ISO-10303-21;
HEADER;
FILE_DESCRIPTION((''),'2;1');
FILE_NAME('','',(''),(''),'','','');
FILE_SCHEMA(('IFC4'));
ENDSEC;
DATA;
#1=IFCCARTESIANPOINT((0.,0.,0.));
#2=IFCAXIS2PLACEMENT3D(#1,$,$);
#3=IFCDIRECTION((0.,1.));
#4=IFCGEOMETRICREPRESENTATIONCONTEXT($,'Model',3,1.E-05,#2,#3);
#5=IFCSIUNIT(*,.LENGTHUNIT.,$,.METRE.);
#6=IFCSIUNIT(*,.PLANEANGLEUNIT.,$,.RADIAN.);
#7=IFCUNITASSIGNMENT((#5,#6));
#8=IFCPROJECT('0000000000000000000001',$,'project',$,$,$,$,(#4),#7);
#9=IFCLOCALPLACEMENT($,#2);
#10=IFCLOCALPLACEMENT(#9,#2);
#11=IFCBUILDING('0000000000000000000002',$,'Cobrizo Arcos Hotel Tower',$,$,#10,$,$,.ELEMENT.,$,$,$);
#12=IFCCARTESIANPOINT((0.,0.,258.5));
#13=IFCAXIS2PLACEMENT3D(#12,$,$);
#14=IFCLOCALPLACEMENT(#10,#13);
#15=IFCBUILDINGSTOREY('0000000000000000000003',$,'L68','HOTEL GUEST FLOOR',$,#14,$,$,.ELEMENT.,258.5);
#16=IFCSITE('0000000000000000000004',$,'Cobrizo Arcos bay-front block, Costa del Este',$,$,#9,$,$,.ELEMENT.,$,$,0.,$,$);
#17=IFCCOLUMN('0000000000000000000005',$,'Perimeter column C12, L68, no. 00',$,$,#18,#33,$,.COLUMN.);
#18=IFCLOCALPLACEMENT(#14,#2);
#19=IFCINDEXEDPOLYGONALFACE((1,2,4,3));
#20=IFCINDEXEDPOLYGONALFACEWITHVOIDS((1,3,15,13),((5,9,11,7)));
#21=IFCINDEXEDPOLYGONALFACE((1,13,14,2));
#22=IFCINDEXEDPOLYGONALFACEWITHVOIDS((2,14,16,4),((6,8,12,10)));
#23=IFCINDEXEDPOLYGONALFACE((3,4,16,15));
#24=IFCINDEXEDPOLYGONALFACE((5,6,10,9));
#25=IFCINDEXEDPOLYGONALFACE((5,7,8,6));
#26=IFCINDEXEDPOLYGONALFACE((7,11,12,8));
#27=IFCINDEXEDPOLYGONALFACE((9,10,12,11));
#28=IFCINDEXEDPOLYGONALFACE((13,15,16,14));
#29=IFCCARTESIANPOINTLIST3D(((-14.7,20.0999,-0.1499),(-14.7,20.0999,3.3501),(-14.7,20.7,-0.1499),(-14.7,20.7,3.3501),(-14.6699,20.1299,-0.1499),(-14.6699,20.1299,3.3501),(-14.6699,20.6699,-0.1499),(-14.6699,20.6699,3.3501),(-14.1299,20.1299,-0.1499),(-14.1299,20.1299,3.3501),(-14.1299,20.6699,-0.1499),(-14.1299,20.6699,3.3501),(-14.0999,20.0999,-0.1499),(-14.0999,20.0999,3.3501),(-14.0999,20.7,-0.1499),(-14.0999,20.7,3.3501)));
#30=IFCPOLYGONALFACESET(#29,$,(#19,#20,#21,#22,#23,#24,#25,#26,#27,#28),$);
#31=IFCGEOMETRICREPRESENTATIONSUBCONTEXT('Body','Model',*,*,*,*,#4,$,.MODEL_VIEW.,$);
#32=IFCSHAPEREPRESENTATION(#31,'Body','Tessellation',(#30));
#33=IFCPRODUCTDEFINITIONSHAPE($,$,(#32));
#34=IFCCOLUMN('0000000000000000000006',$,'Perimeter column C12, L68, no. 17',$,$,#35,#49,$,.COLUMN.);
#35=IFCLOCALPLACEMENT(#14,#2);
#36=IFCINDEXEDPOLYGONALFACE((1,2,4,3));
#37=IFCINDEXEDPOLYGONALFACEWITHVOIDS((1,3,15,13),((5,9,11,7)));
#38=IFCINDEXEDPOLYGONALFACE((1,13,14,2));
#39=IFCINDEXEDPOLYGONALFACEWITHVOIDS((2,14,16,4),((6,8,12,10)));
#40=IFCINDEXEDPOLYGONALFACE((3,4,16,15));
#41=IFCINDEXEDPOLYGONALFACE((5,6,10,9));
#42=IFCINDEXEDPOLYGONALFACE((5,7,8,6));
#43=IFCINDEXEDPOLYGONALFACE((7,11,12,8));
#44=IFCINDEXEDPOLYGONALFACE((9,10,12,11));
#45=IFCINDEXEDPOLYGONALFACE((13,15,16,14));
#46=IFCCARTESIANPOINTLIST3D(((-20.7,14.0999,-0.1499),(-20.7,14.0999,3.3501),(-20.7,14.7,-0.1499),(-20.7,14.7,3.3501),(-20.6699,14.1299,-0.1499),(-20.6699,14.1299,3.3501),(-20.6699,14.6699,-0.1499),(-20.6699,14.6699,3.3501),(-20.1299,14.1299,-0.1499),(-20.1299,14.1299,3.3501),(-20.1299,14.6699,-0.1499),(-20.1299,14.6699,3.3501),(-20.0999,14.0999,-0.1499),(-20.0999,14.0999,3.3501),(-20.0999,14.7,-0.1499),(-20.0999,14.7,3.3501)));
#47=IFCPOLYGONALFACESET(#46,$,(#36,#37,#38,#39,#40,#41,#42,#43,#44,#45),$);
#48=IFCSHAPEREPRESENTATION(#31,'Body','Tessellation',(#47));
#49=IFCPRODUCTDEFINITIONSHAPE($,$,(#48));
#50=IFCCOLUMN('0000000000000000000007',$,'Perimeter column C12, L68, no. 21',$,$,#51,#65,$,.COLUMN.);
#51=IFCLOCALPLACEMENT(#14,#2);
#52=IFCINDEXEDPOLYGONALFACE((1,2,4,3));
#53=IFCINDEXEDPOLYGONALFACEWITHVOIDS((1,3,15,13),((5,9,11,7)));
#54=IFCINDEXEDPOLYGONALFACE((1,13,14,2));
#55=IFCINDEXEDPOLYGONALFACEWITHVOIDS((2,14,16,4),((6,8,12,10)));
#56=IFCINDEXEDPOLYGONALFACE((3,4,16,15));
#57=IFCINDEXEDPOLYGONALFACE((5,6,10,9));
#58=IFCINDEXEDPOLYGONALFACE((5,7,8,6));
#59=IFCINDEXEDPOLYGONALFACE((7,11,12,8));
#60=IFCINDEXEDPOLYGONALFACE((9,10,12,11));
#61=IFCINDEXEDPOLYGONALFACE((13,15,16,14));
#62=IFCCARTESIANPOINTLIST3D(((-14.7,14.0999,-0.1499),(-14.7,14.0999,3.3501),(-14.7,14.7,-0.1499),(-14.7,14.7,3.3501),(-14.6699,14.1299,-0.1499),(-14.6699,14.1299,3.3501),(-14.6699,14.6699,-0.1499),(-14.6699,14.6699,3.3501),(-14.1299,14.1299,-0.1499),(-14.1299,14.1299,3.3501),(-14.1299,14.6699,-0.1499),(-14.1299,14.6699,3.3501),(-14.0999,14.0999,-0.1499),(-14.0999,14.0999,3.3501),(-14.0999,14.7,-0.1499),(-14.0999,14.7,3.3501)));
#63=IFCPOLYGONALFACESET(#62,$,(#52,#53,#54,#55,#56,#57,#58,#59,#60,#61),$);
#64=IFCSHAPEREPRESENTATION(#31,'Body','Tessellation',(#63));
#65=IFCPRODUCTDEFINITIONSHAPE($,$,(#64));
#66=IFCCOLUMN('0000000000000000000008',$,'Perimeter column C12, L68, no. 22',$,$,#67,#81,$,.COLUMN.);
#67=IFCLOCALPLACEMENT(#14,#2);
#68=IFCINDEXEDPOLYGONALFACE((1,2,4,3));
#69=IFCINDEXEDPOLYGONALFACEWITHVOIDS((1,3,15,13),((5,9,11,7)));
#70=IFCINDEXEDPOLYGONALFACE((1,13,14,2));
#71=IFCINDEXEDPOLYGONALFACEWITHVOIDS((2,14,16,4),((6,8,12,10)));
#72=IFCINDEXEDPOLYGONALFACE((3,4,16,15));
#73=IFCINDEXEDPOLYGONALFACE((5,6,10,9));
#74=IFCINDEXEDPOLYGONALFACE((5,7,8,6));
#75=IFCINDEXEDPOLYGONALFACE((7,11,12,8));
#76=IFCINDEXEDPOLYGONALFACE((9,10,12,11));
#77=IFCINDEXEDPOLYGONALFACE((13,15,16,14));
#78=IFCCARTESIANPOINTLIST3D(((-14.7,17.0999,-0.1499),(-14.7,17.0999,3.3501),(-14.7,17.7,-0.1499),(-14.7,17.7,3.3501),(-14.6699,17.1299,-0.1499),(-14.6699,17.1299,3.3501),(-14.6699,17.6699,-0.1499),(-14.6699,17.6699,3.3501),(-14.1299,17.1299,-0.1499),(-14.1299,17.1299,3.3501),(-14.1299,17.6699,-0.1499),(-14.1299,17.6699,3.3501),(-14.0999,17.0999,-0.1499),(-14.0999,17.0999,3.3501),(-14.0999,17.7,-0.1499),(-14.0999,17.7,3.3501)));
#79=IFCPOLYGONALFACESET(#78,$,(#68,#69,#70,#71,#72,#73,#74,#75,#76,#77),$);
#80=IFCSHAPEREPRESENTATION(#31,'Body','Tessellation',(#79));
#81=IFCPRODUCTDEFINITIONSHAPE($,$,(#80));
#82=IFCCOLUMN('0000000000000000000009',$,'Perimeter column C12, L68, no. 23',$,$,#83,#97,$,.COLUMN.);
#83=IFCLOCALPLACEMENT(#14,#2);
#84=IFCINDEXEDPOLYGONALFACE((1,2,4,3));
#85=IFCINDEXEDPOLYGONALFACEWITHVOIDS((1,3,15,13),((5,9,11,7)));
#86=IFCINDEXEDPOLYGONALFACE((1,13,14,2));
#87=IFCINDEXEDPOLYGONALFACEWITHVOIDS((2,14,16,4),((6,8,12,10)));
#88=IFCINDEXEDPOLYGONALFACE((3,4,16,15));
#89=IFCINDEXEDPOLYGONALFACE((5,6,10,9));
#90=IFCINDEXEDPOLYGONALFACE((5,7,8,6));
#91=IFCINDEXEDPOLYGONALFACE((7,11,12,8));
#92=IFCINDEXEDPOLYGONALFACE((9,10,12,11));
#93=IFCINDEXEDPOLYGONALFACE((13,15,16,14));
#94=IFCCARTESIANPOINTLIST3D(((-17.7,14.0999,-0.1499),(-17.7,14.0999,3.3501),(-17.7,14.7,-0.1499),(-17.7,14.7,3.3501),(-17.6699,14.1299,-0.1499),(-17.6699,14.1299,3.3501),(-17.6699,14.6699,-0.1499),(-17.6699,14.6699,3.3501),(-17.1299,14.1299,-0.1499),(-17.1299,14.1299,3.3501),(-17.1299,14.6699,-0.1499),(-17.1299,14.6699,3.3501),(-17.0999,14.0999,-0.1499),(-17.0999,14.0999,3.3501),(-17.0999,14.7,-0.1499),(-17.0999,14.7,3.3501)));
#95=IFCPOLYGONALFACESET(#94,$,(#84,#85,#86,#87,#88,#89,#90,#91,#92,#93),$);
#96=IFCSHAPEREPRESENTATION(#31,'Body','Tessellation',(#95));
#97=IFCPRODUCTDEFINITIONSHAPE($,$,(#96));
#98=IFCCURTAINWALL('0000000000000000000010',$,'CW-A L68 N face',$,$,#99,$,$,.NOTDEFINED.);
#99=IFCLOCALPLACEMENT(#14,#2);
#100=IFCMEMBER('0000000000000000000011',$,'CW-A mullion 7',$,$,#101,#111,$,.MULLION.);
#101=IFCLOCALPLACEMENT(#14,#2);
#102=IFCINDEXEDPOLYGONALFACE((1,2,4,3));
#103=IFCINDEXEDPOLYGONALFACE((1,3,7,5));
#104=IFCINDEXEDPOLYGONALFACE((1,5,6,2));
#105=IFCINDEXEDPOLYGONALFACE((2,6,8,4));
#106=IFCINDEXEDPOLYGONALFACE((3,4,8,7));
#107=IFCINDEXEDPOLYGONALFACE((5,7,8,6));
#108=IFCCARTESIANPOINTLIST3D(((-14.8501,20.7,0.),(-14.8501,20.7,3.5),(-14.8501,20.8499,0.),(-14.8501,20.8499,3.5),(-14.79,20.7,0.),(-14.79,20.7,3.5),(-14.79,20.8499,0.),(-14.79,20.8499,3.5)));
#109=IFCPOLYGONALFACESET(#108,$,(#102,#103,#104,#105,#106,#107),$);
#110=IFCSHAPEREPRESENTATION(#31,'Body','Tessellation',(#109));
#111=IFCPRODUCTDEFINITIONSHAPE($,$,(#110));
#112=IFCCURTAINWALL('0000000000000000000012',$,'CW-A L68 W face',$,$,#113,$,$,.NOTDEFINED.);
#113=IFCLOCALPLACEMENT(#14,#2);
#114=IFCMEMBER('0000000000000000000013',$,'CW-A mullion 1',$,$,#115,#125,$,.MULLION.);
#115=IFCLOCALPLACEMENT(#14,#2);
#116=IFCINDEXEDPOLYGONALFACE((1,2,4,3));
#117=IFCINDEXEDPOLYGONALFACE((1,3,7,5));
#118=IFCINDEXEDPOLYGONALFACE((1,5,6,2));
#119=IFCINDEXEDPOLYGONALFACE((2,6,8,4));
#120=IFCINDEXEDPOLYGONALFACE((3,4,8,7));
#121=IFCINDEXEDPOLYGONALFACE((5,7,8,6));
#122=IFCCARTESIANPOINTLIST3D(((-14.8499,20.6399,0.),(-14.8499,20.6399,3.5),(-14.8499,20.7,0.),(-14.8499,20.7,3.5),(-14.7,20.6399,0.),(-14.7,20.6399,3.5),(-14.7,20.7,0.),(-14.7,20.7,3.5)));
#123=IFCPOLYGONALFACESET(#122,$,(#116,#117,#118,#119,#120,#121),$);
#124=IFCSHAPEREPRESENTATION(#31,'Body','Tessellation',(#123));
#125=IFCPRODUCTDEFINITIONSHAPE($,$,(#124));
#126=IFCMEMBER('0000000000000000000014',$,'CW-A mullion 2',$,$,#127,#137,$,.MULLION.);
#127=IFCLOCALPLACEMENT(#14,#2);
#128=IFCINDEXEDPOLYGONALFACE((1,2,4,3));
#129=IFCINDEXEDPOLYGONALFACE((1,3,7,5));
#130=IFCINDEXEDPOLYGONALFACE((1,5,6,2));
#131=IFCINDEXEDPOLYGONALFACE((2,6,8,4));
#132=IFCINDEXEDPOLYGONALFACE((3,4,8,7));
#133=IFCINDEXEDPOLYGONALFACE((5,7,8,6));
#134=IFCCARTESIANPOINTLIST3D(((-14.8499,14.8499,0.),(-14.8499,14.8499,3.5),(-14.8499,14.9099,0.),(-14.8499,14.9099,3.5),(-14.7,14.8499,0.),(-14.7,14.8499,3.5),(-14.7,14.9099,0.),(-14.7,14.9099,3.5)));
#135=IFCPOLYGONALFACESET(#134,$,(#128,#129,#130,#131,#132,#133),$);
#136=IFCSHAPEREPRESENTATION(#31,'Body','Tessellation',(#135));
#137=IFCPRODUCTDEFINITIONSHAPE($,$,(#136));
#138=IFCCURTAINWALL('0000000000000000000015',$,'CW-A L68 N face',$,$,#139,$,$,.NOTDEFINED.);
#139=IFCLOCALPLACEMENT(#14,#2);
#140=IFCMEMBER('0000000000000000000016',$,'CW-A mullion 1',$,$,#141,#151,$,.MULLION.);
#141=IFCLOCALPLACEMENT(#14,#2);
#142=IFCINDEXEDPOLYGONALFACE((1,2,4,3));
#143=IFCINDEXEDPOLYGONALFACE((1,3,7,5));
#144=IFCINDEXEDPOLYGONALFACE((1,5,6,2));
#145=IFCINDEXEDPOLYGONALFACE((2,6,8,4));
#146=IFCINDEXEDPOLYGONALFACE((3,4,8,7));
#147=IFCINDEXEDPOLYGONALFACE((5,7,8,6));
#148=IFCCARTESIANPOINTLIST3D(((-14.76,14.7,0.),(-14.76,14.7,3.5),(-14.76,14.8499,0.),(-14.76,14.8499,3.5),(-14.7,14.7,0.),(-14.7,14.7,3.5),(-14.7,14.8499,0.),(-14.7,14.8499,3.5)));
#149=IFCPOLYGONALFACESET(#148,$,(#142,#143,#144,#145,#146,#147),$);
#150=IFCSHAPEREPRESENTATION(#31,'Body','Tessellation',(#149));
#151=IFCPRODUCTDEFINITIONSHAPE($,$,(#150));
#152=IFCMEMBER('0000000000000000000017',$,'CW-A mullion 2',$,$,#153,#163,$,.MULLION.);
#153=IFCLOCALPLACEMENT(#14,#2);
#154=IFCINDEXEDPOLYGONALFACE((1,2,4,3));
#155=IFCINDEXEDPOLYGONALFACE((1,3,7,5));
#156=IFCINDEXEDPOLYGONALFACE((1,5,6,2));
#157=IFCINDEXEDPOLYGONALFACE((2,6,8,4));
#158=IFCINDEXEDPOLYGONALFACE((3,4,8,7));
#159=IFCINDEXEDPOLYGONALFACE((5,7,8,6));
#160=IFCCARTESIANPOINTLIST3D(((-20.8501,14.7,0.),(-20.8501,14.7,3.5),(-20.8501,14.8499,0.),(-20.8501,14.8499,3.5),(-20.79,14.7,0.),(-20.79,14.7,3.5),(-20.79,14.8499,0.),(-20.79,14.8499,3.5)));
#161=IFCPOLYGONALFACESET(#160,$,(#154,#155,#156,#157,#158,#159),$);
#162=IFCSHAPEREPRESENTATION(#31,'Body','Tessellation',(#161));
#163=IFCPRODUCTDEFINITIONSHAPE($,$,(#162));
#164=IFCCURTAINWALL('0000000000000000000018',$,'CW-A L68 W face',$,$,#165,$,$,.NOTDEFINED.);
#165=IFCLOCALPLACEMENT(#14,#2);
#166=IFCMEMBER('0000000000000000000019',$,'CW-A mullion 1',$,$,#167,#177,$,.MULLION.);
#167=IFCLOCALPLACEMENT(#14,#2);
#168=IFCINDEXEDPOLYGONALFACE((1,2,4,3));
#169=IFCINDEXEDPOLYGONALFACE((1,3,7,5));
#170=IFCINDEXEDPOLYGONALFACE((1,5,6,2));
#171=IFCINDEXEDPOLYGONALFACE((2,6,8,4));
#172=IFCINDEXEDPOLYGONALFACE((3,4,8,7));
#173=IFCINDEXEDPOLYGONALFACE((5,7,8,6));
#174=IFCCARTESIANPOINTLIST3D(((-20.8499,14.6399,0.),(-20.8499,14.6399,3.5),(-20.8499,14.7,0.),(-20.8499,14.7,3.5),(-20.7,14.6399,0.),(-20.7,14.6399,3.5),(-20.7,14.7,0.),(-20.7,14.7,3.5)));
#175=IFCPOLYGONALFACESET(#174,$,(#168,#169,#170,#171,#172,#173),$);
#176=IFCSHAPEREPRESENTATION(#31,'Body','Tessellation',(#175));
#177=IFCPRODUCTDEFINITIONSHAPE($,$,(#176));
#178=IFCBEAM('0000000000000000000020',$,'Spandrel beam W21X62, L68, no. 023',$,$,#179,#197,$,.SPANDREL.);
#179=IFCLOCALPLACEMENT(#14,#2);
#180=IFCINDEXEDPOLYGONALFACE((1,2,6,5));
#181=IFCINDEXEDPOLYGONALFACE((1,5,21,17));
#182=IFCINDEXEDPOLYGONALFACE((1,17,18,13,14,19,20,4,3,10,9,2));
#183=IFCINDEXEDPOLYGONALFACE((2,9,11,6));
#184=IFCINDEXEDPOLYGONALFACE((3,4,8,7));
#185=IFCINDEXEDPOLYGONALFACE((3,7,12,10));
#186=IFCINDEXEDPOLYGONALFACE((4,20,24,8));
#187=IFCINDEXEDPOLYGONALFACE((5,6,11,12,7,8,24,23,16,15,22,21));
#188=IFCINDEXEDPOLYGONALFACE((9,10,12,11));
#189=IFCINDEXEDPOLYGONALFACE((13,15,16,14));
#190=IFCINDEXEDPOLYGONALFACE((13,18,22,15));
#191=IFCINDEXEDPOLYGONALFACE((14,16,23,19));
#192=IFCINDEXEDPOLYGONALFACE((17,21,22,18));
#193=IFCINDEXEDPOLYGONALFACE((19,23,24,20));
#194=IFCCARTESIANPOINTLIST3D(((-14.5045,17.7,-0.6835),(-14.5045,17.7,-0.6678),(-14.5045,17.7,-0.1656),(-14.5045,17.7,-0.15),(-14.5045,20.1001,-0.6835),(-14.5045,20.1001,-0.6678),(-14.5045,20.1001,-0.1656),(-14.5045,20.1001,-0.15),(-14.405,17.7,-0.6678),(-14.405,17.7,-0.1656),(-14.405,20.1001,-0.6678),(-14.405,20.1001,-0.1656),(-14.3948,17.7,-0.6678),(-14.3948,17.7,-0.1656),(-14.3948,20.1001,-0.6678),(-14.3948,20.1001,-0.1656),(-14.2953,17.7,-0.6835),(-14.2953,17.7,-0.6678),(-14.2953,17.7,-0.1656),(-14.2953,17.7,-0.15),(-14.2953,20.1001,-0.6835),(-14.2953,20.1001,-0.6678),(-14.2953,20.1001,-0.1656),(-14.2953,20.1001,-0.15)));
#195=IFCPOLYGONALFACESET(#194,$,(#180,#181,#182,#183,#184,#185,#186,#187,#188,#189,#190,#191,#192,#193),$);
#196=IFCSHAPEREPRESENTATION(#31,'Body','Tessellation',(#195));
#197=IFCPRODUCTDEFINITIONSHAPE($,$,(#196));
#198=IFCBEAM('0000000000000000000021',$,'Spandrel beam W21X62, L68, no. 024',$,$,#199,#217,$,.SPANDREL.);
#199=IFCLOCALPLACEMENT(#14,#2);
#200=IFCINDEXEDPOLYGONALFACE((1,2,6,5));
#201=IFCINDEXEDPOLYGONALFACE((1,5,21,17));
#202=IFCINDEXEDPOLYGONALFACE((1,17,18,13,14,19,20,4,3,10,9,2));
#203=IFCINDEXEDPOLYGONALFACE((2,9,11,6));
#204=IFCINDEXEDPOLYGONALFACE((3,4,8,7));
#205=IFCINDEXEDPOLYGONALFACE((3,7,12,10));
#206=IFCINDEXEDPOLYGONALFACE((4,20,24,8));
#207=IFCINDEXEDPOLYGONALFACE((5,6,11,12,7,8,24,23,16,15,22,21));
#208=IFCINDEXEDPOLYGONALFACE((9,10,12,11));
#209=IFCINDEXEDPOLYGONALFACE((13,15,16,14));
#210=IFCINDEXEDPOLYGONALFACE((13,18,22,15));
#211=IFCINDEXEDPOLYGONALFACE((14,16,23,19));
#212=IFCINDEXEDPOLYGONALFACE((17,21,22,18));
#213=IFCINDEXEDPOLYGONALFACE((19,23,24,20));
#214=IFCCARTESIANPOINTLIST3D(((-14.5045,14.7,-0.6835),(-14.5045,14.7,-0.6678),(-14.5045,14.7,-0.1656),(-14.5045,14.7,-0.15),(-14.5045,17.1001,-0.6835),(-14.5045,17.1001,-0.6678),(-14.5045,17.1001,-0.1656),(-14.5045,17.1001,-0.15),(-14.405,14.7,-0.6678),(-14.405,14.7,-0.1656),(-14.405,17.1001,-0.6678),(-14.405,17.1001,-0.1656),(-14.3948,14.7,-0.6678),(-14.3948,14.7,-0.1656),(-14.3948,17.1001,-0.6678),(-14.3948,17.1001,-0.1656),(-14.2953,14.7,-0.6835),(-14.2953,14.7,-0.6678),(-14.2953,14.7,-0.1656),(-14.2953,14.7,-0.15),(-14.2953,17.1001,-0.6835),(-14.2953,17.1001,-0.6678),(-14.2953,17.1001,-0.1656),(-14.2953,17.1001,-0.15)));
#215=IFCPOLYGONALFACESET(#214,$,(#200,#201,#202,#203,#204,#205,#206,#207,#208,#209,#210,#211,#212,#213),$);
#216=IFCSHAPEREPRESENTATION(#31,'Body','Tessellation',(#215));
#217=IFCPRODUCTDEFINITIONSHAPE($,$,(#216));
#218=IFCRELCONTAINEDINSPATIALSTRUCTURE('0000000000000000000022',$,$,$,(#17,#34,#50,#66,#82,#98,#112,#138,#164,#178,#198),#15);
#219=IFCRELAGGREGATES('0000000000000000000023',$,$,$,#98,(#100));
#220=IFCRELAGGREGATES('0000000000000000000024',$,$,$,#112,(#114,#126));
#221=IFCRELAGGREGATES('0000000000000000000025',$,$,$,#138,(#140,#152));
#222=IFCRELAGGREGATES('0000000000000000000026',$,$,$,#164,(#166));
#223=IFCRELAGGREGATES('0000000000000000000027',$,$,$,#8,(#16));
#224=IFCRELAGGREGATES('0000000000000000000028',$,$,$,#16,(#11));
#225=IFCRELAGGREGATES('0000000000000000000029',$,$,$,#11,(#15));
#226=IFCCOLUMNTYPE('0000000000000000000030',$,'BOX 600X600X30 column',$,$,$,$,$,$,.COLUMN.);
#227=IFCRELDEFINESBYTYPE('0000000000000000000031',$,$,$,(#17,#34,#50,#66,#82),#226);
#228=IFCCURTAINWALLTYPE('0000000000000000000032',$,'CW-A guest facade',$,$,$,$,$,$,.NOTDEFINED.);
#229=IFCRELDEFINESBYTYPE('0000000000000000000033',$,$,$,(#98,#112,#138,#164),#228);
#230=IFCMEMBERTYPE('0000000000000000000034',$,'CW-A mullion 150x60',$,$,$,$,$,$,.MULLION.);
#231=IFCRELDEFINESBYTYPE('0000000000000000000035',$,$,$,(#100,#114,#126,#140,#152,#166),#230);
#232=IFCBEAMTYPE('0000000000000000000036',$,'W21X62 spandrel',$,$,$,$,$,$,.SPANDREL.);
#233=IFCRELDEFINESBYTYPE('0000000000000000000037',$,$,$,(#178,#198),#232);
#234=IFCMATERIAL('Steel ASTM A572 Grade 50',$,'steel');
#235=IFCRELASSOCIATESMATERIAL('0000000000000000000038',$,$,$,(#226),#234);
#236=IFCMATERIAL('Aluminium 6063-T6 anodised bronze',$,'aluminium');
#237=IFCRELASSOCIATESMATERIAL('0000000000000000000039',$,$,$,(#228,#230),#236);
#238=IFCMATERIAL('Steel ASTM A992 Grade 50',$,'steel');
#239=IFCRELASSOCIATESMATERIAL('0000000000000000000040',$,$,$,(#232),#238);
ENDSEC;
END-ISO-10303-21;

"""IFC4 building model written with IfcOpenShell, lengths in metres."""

from ifc_helpers import new_model, si_unit, direction, frame, origin, origin_2d, place, context, subcontext, project, spatial, rectangle, hollow_rectangle, i_section, extrude, material, material_profile, profile_set, type_object, element, aggregate, save


model = new_model("IFC4")

# Units and contexts
model_context = context("Model", 3, precision=1e-05, world=origin(), true_north=direction((0.0, 1.0)))
body_context = subcontext(model_context, "Body", "Model", "MODEL_VIEW")
ifc_project = project(units=[si_unit("LENGTHUNIT", "METRE"), si_unit("PLANEANGLEUNIT", "RADIAN")], contexts=[model_context])

# Site, building, storey
site_placement = place(None, origin())
site = spatial("IfcSite", under=ifc_project, at=site_placement, Name="Cobrizo Arcos bay-front block, Costa del Este", CompositionType="ELEMENT", RefElevation=0.0)
building_placement = place(site_placement, origin())
building = spatial("IfcBuilding", under=site, at=building_placement, Name="Cobrizo Arcos Hotel Tower", CompositionType="ELEMENT")
storey_placement = place(building_placement, frame((0.0, 0.0, 258.5)))
storey = spatial("IfcBuildingStorey", under=building, at=storey_placement, Name="L68", Description="HOTEL GUEST FLOOR", CompositionType="ELEMENT", Elevation=258.5)

# Columns
ifc_material_1 = material(Name="Steel ASTM A572 Grade 50", Category="steel")
ifc_material_profile_1 = material_profile(ifc_material_1, hollow_rectangle(XDim=0.6001, YDim=0.6001, WallThickness=0.03, at=origin_2d()), Name="BOX 600X600X30")
ifc_profile_set_1 = profile_set([ifc_material_profile_1], Name="Steel ASTM A572 Grade 50")
column_type = type_object("IfcColumnType", Name="BOX 600X600X30 column", PredefinedType="COLUMN", material=ifc_profile_set_1)
for number, where, z_axis, x_axis, name in (
    (1, (-14.3999, 20.3999, -0.1499), (0.0, 0.0, 1.0), (1.0, 0.0, 0.0), "Perimeter column C12, L68, no. 00"),
    (2, (-20.3999, 14.3999, -0.1499), (0.0, 0.0, 1.0), (1.0, 0.0, 0.0), "Perimeter column C12, L68, no. 17"),
    (3, (-14.3999, 14.3999, -0.1499), (0.0, 0.0, 1.0), (1.0, 0.0, 0.0), "Perimeter column C12, L68, no. 21"),
    (4, (-14.3999, 17.3999, -0.1499), (0.0, 0.0, 1.0), (1.0, 0.0, 0.0), "Perimeter column C12, L68, no. 22"),
    (5, (-17.3999, 14.3999, -0.1499), (0.0, 0.0, 1.0), (1.0, 0.0, 0.0), "Perimeter column C12, L68, no. 23"),
):
    element("IfcColumn", number, at=place(storey_placement, frame(where, z_axis=z_axis, x_axis=x_axis)), inside=storey, type_object=column_type, Name=name, PredefinedType="COLUMN", context=body_context, shape_type="SweptSolid", body=[
        extrude(hollow_rectangle(XDim=0.6001, YDim=0.6001, WallThickness=0.03, at=origin_2d()), origin(), (0.0, 0.0, 1.0), 3.5),
    ])

# Curtain wall, member
ifc_material_2 = material(Name="Aluminium 6063-T6 anodised bronze", Category="aluminium")
curtain_wall_type = type_object("IfcCurtainWallType", Name="CW-A guest facade", PredefinedType="NOTDEFINED", material=ifc_material_2)
curtain_wall_1_placement = place(storey_placement, origin())
curtain_wall_1 = element("IfcCurtainWall", 6, at=curtain_wall_1_placement, inside=storey, type_object=curtain_wall_type, Name="CW-A L68 N face", PredefinedType="NOTDEFINED")
ifc_material_profile_2 = material_profile(ifc_material_2, rectangle(XDim=0.1499, YDim=0.0601, at=origin_2d()), Name="CW-A mullion 150x60")
ifc_profile_set_2 = profile_set([ifc_material_profile_2], Name="Aluminium 6063-T6 anodised bronze")
member_type = type_object("IfcMemberType", Name="CW-A mullion 150x60", PredefinedType="MULLION", material=ifc_profile_set_2)
member_1_placement = place(storey_placement, frame((-14.8201, 20.7749, 0.0), z_axis=(0.0, 0.0, 1.0), x_axis=(0.0, 1.0, 0.0)))
member_1 = element("IfcMember", 7, at=member_1_placement, type_object=member_type, Name="CW-A mullion 7", PredefinedType="MULLION", context=body_context, shape_type="SweptSolid", body=[
    extrude(rectangle(XDim=0.1499, YDim=0.0601, at=origin_2d()), origin(), (0.0, 0.0, 1.0), 3.5),
])
aggregate(curtain_wall_1, [member_1])

# Curtain walls, members
curtain_wall_2_placement = place(storey_placement, origin())
curtain_wall_2 = element("IfcCurtainWall", 8, at=curtain_wall_2_placement, inside=storey, type_object=curtain_wall_type, Name="CW-A L68 W face", PredefinedType="NOTDEFINED")
member_2_placement = place(storey_placement, frame((-14.7749, 20.6699, 0.0), z_axis=(0.0, 0.0, 1.0), x_axis=(-1.0, 0.0, 0.0)))
member_2 = element("IfcMember", 9, at=member_2_placement, type_object=member_type, Name="CW-A mullion 1", PredefinedType="MULLION", context=body_context, shape_type="SweptSolid", body=[
    extrude(rectangle(XDim=0.1499, YDim=0.0601, at=origin_2d()), origin(), (0.0, 0.0, 1.0), 3.5),
])
member_3_placement = place(storey_placement, frame((-14.7749, 14.8799, 0.0), z_axis=(0.0, 0.0, 1.0), x_axis=(-1.0, 0.0, 0.0)))
member_3 = element("IfcMember", 10, at=member_3_placement, type_object=member_type, Name="CW-A mullion 2", PredefinedType="MULLION", context=body_context, shape_type="SweptSolid", body=[
    extrude(rectangle(XDim=0.1499, YDim=0.0601, at=origin_2d()), origin(), (0.0, 0.0, 1.0), 3.5),
])
curtain_wall_3_placement = place(storey_placement, origin())
curtain_wall_3 = element("IfcCurtainWall", 11, at=curtain_wall_3_placement, inside=storey, type_object=curtain_wall_type, Name="CW-A L68 N face", PredefinedType="NOTDEFINED")
member_4_placement = place(storey_placement, frame((-14.73, 14.7749, 0.0), z_axis=(0.0, 0.0, 1.0), x_axis=(0.0, 1.0, 0.0)))
member_4 = element("IfcMember", 12, at=member_4_placement, type_object=member_type, Name="CW-A mullion 1", PredefinedType="MULLION", context=body_context, shape_type="SweptSolid", body=[
    extrude(rectangle(XDim=0.1499, YDim=0.0601, at=origin_2d()), origin(), (0.0, 0.0, 1.0), 3.5),
])
member_5_placement = place(storey_placement, frame((-20.8201, 14.7749, 0.0), z_axis=(0.0, 0.0, 1.0), x_axis=(0.0, 1.0, 0.0)))
member_5 = element("IfcMember", 13, at=member_5_placement, type_object=member_type, Name="CW-A mullion 2", PredefinedType="MULLION", context=body_context, shape_type="SweptSolid", body=[
    extrude(rectangle(XDim=0.1499, YDim=0.0601, at=origin_2d()), origin(), (0.0, 0.0, 1.0), 3.5),
])

# Curtain wall, member
curtain_wall_4_placement = place(storey_placement, origin())
curtain_wall_4 = element("IfcCurtainWall", 14, at=curtain_wall_4_placement, inside=storey, type_object=curtain_wall_type, Name="CW-A L68 W face", PredefinedType="NOTDEFINED")
member_6_placement = place(storey_placement, frame((-20.7749, 14.6699, 0.0), z_axis=(0.0, 0.0, 1.0), x_axis=(-1.0, 0.0, 0.0)))
member_6 = element("IfcMember", 15, at=member_6_placement, type_object=member_type, Name="CW-A mullion 1", PredefinedType="MULLION", context=body_context, shape_type="SweptSolid", body=[
    extrude(rectangle(XDim=0.1499, YDim=0.0601, at=origin_2d()), origin(), (0.0, 0.0, 1.0), 3.5),
])

# Beams
ifc_material_3 = material(Name="Steel ASTM A992 Grade 50", Category="steel")
ifc_material_profile_3 = material_profile(ifc_material_3, i_section(OverallWidth=0.2092, OverallDepth=0.5334, WebThickness=0.0103, FlangeThickness=0.0156, at=origin_2d()), Name="W21X62")
ifc_profile_set_3 = profile_set([ifc_material_profile_3], Name="Steel ASTM A992 Grade 50")
beam_type = type_object("IfcBeamType", Name="W21X62 spandrel", PredefinedType="SPANDREL", material=ifc_profile_set_3)
for number, where, z_axis, x_axis, name in (
    (16, (-14.3999, 20.1001, -0.4167), (0.0, -1.0, 0.0), (1.0, 0.0, 0.0), "Spandrel beam W21X62, L68, no. 023"),
    (17, (-14.3999, 17.1001, -0.4167), (0.0, -1.0, 0.0), (1.0, 0.0, 0.0), "Spandrel beam W21X62, L68, no. 024"),
):
    element("IfcBeam", number, at=place(storey_placement, frame(where, z_axis=z_axis, x_axis=x_axis)), inside=storey, type_object=beam_type, Name=name, PredefinedType="SPANDREL", context=body_context, shape_type="SweptSolid", body=[
        extrude(i_section(OverallWidth=0.2092, OverallDepth=0.5334, WebThickness=0.0103, FlangeThickness=0.0156, at=origin_2d()), origin(), (0.0, 0.0, 1.0), 2.4001),
    ])

aggregate(curtain_wall_2, [member_2, member_3])
aggregate(curtain_wall_3, [member_4, member_5])
aggregate(curtain_wall_4, [member_6])

save(model, "model.ifc")
